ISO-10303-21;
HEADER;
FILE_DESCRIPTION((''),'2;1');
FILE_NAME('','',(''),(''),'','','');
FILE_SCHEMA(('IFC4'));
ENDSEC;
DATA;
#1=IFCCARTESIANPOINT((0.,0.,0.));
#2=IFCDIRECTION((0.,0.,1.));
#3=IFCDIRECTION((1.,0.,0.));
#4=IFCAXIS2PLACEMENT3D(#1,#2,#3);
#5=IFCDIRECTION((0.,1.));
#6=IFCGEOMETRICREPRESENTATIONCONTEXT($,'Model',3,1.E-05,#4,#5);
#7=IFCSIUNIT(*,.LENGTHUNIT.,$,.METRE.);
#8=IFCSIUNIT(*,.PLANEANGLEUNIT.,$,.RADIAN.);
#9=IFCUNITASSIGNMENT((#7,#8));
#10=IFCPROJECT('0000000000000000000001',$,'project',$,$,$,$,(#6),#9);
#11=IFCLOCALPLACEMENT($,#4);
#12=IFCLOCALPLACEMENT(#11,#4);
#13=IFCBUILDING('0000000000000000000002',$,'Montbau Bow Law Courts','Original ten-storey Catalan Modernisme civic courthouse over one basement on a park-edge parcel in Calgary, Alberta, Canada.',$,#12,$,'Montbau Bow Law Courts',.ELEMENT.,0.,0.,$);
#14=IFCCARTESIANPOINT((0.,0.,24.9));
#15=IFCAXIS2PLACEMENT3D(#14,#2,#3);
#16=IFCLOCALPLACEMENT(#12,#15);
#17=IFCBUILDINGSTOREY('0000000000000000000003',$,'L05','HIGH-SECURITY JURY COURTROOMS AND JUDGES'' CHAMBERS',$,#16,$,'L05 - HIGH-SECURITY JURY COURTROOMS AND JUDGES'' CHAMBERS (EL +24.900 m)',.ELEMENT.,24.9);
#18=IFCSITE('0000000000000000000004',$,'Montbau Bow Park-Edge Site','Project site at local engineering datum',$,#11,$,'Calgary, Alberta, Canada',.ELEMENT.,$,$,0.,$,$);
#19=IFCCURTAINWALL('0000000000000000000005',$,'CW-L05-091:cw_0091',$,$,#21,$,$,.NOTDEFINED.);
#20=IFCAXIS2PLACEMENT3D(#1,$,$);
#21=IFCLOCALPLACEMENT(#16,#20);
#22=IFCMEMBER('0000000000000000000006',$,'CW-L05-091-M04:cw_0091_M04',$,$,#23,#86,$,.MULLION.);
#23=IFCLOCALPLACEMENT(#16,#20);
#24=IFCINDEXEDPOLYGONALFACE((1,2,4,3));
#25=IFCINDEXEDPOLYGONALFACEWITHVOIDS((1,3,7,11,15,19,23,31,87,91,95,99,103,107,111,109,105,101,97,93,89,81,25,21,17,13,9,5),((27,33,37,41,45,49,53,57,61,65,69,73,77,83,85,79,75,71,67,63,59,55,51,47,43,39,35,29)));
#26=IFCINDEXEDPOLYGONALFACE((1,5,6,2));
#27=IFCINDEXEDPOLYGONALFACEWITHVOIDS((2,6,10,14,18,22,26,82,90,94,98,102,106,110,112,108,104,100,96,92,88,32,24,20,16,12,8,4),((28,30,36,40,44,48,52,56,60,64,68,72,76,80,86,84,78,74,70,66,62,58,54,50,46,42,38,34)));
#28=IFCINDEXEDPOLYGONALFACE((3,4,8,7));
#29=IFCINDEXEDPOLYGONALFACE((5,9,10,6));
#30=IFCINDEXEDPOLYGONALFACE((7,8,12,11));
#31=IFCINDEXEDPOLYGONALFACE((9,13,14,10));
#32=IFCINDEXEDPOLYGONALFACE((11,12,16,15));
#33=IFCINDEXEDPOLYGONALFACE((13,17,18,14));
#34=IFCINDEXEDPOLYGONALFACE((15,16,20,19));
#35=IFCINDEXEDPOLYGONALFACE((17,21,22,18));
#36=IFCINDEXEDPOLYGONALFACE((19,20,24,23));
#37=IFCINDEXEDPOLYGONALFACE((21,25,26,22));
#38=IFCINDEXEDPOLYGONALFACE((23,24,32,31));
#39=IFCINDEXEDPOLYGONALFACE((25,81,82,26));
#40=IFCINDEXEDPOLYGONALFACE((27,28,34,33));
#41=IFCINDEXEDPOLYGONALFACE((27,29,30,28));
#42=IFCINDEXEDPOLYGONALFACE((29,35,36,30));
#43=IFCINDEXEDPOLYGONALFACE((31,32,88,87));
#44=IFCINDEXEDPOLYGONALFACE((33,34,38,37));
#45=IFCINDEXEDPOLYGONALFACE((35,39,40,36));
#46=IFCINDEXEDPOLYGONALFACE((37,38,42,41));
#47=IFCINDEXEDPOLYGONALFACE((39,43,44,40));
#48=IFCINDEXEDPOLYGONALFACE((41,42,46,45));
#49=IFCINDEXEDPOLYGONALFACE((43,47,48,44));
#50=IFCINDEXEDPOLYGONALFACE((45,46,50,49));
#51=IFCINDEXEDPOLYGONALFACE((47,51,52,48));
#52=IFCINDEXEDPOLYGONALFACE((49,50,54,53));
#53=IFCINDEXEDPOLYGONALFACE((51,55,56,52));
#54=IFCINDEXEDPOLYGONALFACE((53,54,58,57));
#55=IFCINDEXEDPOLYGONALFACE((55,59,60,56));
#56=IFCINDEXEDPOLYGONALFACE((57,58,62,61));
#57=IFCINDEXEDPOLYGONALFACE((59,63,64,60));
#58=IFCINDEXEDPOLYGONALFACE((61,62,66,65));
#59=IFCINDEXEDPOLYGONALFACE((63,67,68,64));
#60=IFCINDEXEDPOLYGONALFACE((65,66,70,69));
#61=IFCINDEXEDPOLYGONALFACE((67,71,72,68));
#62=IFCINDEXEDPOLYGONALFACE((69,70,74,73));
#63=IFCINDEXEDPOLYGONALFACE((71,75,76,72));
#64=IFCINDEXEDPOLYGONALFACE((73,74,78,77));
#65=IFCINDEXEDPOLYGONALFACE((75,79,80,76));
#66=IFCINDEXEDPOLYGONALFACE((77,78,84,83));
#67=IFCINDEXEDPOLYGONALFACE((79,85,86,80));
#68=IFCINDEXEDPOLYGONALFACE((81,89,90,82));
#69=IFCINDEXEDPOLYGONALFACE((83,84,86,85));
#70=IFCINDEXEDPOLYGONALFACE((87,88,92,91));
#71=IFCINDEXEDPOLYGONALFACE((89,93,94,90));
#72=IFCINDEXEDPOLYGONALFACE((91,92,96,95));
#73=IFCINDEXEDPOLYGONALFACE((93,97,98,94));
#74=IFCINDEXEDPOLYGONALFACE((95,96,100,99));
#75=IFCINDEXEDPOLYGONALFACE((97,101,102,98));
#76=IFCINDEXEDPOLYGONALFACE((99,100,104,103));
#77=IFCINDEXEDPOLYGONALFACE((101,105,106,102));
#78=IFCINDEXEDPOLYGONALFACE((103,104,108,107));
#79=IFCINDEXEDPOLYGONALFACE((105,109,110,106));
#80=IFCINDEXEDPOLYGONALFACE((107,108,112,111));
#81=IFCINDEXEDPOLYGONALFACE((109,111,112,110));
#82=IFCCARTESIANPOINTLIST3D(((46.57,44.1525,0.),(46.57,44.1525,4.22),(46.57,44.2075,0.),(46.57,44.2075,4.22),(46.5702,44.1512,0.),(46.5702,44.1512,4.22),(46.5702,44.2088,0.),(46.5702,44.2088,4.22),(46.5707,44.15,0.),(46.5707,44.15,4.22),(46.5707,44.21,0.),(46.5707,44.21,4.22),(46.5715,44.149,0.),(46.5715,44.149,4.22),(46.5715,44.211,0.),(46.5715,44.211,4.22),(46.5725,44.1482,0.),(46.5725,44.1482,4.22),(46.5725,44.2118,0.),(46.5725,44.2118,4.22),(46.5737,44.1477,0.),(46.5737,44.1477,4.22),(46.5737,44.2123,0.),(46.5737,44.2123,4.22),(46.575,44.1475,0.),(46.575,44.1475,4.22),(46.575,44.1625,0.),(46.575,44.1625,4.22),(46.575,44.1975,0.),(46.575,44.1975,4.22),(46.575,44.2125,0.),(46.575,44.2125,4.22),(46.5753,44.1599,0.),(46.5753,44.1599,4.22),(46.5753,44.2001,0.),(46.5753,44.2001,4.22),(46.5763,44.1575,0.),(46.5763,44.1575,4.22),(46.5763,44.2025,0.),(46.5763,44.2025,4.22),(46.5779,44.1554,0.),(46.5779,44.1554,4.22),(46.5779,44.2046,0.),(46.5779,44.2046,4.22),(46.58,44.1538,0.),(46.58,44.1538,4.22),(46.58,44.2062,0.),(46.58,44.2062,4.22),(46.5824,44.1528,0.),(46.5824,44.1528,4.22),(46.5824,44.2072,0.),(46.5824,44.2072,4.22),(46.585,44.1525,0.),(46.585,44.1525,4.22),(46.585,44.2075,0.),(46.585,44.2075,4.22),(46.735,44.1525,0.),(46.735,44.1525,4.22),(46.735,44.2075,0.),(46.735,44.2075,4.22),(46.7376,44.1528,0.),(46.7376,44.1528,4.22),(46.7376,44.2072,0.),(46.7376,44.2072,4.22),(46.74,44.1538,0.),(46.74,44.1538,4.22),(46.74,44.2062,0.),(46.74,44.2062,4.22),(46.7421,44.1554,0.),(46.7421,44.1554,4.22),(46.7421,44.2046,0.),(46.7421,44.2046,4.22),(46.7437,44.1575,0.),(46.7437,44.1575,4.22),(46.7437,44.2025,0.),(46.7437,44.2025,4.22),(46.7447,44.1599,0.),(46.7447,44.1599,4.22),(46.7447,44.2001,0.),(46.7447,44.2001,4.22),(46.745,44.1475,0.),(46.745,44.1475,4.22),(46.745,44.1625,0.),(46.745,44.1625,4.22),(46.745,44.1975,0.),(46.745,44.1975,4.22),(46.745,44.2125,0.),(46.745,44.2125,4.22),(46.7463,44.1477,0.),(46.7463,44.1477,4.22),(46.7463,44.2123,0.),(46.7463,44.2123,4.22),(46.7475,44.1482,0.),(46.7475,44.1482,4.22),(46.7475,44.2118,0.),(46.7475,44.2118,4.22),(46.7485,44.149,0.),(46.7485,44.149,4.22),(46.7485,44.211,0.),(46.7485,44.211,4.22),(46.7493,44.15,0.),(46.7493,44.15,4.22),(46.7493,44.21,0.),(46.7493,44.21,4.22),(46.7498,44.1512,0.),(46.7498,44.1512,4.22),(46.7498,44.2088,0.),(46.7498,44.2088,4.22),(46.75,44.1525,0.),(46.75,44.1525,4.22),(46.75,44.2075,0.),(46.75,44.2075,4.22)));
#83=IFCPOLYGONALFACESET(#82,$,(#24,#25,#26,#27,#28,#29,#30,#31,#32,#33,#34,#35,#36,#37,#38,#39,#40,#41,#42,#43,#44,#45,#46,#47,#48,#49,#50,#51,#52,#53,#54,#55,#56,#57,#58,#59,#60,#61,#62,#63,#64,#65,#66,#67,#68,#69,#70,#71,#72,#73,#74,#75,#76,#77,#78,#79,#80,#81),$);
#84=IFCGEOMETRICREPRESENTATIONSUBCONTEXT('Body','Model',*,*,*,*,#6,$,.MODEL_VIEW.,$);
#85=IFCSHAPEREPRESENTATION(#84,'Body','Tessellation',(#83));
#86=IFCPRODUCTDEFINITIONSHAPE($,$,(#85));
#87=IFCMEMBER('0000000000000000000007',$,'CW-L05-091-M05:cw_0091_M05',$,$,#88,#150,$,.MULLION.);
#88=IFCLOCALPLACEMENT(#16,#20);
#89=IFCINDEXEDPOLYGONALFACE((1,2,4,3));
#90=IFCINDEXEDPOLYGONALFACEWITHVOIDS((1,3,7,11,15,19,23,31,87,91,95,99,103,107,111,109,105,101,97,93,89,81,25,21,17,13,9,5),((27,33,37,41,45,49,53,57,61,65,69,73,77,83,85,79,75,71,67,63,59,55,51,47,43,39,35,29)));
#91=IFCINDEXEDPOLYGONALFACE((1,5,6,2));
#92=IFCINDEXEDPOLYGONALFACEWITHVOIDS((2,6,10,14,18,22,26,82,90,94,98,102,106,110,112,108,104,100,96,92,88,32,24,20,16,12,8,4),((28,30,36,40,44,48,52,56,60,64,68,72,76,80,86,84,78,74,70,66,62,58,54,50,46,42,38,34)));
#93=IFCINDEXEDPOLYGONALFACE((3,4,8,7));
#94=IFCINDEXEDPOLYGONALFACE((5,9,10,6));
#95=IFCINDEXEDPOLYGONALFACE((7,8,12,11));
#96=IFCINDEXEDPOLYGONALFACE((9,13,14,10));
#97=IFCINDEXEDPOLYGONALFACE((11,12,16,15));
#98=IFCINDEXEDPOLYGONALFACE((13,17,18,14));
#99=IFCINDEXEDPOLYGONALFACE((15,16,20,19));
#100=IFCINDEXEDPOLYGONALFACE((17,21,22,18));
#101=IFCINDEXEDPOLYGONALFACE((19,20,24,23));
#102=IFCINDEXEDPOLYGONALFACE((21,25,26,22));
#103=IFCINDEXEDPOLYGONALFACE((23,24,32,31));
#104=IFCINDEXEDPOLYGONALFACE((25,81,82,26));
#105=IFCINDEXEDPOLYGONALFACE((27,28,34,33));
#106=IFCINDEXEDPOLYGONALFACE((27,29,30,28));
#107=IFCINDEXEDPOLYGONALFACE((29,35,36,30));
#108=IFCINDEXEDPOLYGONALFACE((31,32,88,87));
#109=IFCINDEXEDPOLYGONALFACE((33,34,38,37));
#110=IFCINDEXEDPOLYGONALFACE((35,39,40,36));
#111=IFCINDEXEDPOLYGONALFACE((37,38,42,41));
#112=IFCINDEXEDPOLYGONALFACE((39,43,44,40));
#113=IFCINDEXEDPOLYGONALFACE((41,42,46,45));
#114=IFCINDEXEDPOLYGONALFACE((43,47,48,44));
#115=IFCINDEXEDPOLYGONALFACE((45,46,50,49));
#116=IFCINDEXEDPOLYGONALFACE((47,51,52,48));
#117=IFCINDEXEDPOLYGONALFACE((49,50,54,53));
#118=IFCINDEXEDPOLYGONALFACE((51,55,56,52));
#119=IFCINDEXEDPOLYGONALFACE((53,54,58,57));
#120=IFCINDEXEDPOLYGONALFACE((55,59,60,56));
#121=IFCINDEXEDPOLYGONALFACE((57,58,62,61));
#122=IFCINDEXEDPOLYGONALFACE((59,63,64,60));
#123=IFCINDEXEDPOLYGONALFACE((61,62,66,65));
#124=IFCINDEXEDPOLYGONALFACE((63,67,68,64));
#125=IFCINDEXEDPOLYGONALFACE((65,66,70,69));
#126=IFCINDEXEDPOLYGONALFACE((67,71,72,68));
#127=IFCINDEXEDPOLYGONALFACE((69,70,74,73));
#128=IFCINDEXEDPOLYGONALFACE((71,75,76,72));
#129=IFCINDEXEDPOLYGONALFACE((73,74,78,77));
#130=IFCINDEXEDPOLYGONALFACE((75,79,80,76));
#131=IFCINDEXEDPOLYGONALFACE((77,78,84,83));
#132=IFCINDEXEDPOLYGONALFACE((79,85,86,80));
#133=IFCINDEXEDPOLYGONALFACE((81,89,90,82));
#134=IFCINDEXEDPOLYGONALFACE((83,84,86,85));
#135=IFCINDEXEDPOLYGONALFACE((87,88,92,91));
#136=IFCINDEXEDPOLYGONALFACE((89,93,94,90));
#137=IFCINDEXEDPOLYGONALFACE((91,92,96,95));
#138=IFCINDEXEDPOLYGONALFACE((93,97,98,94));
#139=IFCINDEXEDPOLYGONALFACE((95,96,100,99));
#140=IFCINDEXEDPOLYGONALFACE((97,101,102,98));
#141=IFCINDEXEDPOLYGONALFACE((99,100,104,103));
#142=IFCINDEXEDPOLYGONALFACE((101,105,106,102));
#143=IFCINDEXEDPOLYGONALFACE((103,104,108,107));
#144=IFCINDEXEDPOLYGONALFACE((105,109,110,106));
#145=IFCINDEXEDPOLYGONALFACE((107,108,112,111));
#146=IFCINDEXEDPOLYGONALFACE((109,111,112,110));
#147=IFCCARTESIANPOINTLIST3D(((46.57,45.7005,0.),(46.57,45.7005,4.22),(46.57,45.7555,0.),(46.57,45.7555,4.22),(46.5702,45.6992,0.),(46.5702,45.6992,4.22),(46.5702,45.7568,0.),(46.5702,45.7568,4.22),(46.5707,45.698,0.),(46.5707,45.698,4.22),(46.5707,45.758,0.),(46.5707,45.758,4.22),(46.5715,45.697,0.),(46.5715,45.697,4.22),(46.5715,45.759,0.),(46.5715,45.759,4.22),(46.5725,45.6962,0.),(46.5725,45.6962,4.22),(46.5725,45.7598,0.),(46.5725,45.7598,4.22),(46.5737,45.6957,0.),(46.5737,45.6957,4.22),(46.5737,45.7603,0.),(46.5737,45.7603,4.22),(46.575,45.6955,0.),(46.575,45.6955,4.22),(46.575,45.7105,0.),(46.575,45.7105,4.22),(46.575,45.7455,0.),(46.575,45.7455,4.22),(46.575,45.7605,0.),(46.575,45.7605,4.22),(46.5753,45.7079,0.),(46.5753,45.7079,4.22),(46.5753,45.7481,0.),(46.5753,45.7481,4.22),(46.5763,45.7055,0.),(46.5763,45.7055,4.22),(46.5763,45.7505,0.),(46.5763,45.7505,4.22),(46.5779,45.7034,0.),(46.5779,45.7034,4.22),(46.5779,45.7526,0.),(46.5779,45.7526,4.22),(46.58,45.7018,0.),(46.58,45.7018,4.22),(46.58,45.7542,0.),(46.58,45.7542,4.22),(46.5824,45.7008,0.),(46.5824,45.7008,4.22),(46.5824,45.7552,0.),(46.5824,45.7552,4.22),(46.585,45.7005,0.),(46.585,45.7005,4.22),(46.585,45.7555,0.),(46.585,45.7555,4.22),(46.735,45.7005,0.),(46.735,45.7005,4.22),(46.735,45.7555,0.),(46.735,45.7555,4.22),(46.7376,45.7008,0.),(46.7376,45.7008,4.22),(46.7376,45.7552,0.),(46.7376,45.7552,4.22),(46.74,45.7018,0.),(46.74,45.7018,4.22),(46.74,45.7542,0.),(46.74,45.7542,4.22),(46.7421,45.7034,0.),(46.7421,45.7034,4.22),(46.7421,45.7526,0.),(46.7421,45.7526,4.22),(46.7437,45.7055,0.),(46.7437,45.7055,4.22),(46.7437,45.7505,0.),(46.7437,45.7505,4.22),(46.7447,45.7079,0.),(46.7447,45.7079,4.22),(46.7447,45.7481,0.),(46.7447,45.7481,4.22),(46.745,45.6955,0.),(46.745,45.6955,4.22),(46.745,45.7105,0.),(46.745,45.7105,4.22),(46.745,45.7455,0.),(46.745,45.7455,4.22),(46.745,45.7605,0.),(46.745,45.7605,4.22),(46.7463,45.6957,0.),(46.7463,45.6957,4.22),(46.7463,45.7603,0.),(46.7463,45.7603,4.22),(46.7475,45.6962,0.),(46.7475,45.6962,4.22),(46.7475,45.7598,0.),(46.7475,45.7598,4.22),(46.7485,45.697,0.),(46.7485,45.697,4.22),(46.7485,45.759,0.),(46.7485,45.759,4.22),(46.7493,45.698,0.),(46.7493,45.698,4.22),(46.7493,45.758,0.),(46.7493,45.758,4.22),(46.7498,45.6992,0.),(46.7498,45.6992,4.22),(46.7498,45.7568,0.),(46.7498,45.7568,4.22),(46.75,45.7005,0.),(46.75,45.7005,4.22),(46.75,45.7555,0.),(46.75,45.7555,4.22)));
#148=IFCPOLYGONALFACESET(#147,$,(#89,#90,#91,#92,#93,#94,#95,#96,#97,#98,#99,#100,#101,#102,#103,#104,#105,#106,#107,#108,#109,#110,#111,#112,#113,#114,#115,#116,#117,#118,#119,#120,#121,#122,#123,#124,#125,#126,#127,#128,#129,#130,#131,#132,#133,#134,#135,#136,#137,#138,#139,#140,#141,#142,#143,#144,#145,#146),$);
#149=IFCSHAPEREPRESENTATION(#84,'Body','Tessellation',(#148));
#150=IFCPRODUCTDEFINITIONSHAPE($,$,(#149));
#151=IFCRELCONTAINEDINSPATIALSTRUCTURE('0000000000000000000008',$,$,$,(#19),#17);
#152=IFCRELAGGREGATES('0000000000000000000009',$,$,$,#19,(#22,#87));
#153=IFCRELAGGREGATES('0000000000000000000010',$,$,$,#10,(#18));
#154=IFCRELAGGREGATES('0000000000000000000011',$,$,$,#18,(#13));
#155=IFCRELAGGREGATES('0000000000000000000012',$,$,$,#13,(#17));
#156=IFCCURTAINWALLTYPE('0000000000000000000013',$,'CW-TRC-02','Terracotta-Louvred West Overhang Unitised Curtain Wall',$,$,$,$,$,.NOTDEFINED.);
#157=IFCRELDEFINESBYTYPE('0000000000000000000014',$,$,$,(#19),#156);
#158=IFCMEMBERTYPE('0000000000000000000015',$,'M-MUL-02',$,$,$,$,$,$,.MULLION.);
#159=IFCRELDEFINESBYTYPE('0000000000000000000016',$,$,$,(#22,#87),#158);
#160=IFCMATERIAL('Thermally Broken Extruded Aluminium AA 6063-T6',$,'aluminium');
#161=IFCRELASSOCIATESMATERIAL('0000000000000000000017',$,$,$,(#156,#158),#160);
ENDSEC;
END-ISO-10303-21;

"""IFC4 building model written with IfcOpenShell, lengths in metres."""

from ifc_helpers import new_model, si_unit, direction, frame, origin_with_axes, origin_2d_with_axis, place, context, subcontext, project, spatial, hollow_rectangle, extrude, material, material_profile, profile_set, type_object, element, aggregate, save


model = new_model("IFC4")

# Units and contexts
model_context = context("Model", 3, precision=1e-05, world=origin_with_axes(), true_north=direction((0.0, 1.0)))
body_context = subcontext(model_context, "Body", "Model", "MODEL_VIEW")
ifc_project = project(units=[si_unit("LENGTHUNIT", "METRE"), si_unit("PLANEANGLEUNIT", "RADIAN")], contexts=[model_context])

# Site, building, storey
site_placement = place(None, origin_with_axes())
site = spatial("IfcSite", under=ifc_project, at=site_placement, Name="Montbau Bow Park-Edge Site", Description="Project site at local engineering datum", LongName="Calgary, Alberta, Canada", CompositionType="ELEMENT", RefElevation=0.0)
building_placement = place(site_placement, origin_with_axes())
building = spatial("IfcBuilding", under=site, at=building_placement, Name="Montbau Bow Law Courts", Description="Original ten-storey Catalan Modernisme civic courthouse over one basement on a park-edge parcel in Calgary, Alberta, Canada.", LongName="Montbau Bow Law Courts", CompositionType="ELEMENT", ElevationOfRefHeight=0.0, ElevationOfTerrain=0.0)
storey_placement = place(building_placement, frame((0.0, 0.0, 24.9), z_axis=(0.0, 0.0, 1.0), x_axis=(1.0, 0.0, 0.0)))
storey = spatial("IfcBuildingStorey", under=building, at=storey_placement, Name="L05", Description="HIGH-SECURITY JURY COURTROOMS AND JUDGES' CHAMBERS", LongName="L05 - HIGH-SECURITY JURY COURTROOMS AND JUDGES' CHAMBERS (EL +24.900 m)", CompositionType="ELEMENT", Elevation=24.9)

# Curtain wall, members
ifc_material_1 = material(Name="Thermally Broken Extruded Aluminium AA 6063-T6", Category="aluminium")
curtain_wall_type = type_object("IfcCurtainWallType", Name="CW-TRC-02", Description="Terracotta-Louvred West Overhang Unitised Curtain Wall", PredefinedType="NOTDEFINED", material=ifc_material_1)
curtain_wall_1_placement = place(None, frame((46.66, 39.44, 24.9), z_axis=(0.0, 0.0, 1.0), x_axis=(1.0, 0.0, 0.0)))
curtain_wall_1 = element("IfcCurtainWall", 1, at=curtain_wall_1_placement, inside=storey, type_object=curtain_wall_type, Name="CW-L05-091:cw_0091", PredefinedType="NOTDEFINED")
ifc_material_profile_1 = material_profile(ifc_material_1, hollow_rectangle(XDim=0.065, YDim=0.18, WallThickness=0.005, InnerFilletRadius=0.01, OuterFilletRadius=0.005, at=origin_2d_with_axis()), Name="CWM-180X65", Category="Main", Priority=0)
ifc_profile_set_1 = profile_set([ifc_material_profile_1], Name="Thermally Broken Extruded Aluminium AA 6063-T6")
member_type_1 = type_object("IfcMemberType", Name="M-MUL-02", PredefinedType="MULLION", material=ifc_profile_set_1)
member_1_placement = place(None, frame((46.66, 44.18, 24.9), z_axis=(0.0, 0.0, 1.0), x_axis=(0.0, 1.0, 0.0)))
member_1 = element("IfcMember", 2, at=member_1_placement, type_object=member_type_1, Name="CW-L05-091-M04:cw_0091_M04", PredefinedType="MULLION", context=body_context, shape_type="SweptSolid", body=[
    extrude(hollow_rectangle(XDim=0.065, YDim=0.18, WallThickness=0.005, InnerFilletRadius=0.01, OuterFilletRadius=0.005, at=origin_2d_with_axis()), origin_with_axes(), (0.0, 0.0, 1.0), 4.22),
])
member_2_placement = place(None, frame((46.66, 45.728, 24.9), z_axis=(0.0, 0.0, 1.0), x_axis=(0.0, 1.0, 0.0)))
member_2 = element("IfcMember", 3, at=member_2_placement, type_object=member_type_1, Name="CW-L05-091-M05:cw_0091_M05", PredefinedType="MULLION", context=body_context, shape_type="SweptSolid", body=[
    extrude(hollow_rectangle(XDim=0.065, YDim=0.18, WallThickness=0.005, InnerFilletRadius=0.01, OuterFilletRadius=0.005, at=origin_2d_with_axis()), origin_with_axes(), (0.0, 0.0, 1.0), 4.22),
])

aggregate(curtain_wall_1, [member_1, member_2])

save(model, "model.ifc")
